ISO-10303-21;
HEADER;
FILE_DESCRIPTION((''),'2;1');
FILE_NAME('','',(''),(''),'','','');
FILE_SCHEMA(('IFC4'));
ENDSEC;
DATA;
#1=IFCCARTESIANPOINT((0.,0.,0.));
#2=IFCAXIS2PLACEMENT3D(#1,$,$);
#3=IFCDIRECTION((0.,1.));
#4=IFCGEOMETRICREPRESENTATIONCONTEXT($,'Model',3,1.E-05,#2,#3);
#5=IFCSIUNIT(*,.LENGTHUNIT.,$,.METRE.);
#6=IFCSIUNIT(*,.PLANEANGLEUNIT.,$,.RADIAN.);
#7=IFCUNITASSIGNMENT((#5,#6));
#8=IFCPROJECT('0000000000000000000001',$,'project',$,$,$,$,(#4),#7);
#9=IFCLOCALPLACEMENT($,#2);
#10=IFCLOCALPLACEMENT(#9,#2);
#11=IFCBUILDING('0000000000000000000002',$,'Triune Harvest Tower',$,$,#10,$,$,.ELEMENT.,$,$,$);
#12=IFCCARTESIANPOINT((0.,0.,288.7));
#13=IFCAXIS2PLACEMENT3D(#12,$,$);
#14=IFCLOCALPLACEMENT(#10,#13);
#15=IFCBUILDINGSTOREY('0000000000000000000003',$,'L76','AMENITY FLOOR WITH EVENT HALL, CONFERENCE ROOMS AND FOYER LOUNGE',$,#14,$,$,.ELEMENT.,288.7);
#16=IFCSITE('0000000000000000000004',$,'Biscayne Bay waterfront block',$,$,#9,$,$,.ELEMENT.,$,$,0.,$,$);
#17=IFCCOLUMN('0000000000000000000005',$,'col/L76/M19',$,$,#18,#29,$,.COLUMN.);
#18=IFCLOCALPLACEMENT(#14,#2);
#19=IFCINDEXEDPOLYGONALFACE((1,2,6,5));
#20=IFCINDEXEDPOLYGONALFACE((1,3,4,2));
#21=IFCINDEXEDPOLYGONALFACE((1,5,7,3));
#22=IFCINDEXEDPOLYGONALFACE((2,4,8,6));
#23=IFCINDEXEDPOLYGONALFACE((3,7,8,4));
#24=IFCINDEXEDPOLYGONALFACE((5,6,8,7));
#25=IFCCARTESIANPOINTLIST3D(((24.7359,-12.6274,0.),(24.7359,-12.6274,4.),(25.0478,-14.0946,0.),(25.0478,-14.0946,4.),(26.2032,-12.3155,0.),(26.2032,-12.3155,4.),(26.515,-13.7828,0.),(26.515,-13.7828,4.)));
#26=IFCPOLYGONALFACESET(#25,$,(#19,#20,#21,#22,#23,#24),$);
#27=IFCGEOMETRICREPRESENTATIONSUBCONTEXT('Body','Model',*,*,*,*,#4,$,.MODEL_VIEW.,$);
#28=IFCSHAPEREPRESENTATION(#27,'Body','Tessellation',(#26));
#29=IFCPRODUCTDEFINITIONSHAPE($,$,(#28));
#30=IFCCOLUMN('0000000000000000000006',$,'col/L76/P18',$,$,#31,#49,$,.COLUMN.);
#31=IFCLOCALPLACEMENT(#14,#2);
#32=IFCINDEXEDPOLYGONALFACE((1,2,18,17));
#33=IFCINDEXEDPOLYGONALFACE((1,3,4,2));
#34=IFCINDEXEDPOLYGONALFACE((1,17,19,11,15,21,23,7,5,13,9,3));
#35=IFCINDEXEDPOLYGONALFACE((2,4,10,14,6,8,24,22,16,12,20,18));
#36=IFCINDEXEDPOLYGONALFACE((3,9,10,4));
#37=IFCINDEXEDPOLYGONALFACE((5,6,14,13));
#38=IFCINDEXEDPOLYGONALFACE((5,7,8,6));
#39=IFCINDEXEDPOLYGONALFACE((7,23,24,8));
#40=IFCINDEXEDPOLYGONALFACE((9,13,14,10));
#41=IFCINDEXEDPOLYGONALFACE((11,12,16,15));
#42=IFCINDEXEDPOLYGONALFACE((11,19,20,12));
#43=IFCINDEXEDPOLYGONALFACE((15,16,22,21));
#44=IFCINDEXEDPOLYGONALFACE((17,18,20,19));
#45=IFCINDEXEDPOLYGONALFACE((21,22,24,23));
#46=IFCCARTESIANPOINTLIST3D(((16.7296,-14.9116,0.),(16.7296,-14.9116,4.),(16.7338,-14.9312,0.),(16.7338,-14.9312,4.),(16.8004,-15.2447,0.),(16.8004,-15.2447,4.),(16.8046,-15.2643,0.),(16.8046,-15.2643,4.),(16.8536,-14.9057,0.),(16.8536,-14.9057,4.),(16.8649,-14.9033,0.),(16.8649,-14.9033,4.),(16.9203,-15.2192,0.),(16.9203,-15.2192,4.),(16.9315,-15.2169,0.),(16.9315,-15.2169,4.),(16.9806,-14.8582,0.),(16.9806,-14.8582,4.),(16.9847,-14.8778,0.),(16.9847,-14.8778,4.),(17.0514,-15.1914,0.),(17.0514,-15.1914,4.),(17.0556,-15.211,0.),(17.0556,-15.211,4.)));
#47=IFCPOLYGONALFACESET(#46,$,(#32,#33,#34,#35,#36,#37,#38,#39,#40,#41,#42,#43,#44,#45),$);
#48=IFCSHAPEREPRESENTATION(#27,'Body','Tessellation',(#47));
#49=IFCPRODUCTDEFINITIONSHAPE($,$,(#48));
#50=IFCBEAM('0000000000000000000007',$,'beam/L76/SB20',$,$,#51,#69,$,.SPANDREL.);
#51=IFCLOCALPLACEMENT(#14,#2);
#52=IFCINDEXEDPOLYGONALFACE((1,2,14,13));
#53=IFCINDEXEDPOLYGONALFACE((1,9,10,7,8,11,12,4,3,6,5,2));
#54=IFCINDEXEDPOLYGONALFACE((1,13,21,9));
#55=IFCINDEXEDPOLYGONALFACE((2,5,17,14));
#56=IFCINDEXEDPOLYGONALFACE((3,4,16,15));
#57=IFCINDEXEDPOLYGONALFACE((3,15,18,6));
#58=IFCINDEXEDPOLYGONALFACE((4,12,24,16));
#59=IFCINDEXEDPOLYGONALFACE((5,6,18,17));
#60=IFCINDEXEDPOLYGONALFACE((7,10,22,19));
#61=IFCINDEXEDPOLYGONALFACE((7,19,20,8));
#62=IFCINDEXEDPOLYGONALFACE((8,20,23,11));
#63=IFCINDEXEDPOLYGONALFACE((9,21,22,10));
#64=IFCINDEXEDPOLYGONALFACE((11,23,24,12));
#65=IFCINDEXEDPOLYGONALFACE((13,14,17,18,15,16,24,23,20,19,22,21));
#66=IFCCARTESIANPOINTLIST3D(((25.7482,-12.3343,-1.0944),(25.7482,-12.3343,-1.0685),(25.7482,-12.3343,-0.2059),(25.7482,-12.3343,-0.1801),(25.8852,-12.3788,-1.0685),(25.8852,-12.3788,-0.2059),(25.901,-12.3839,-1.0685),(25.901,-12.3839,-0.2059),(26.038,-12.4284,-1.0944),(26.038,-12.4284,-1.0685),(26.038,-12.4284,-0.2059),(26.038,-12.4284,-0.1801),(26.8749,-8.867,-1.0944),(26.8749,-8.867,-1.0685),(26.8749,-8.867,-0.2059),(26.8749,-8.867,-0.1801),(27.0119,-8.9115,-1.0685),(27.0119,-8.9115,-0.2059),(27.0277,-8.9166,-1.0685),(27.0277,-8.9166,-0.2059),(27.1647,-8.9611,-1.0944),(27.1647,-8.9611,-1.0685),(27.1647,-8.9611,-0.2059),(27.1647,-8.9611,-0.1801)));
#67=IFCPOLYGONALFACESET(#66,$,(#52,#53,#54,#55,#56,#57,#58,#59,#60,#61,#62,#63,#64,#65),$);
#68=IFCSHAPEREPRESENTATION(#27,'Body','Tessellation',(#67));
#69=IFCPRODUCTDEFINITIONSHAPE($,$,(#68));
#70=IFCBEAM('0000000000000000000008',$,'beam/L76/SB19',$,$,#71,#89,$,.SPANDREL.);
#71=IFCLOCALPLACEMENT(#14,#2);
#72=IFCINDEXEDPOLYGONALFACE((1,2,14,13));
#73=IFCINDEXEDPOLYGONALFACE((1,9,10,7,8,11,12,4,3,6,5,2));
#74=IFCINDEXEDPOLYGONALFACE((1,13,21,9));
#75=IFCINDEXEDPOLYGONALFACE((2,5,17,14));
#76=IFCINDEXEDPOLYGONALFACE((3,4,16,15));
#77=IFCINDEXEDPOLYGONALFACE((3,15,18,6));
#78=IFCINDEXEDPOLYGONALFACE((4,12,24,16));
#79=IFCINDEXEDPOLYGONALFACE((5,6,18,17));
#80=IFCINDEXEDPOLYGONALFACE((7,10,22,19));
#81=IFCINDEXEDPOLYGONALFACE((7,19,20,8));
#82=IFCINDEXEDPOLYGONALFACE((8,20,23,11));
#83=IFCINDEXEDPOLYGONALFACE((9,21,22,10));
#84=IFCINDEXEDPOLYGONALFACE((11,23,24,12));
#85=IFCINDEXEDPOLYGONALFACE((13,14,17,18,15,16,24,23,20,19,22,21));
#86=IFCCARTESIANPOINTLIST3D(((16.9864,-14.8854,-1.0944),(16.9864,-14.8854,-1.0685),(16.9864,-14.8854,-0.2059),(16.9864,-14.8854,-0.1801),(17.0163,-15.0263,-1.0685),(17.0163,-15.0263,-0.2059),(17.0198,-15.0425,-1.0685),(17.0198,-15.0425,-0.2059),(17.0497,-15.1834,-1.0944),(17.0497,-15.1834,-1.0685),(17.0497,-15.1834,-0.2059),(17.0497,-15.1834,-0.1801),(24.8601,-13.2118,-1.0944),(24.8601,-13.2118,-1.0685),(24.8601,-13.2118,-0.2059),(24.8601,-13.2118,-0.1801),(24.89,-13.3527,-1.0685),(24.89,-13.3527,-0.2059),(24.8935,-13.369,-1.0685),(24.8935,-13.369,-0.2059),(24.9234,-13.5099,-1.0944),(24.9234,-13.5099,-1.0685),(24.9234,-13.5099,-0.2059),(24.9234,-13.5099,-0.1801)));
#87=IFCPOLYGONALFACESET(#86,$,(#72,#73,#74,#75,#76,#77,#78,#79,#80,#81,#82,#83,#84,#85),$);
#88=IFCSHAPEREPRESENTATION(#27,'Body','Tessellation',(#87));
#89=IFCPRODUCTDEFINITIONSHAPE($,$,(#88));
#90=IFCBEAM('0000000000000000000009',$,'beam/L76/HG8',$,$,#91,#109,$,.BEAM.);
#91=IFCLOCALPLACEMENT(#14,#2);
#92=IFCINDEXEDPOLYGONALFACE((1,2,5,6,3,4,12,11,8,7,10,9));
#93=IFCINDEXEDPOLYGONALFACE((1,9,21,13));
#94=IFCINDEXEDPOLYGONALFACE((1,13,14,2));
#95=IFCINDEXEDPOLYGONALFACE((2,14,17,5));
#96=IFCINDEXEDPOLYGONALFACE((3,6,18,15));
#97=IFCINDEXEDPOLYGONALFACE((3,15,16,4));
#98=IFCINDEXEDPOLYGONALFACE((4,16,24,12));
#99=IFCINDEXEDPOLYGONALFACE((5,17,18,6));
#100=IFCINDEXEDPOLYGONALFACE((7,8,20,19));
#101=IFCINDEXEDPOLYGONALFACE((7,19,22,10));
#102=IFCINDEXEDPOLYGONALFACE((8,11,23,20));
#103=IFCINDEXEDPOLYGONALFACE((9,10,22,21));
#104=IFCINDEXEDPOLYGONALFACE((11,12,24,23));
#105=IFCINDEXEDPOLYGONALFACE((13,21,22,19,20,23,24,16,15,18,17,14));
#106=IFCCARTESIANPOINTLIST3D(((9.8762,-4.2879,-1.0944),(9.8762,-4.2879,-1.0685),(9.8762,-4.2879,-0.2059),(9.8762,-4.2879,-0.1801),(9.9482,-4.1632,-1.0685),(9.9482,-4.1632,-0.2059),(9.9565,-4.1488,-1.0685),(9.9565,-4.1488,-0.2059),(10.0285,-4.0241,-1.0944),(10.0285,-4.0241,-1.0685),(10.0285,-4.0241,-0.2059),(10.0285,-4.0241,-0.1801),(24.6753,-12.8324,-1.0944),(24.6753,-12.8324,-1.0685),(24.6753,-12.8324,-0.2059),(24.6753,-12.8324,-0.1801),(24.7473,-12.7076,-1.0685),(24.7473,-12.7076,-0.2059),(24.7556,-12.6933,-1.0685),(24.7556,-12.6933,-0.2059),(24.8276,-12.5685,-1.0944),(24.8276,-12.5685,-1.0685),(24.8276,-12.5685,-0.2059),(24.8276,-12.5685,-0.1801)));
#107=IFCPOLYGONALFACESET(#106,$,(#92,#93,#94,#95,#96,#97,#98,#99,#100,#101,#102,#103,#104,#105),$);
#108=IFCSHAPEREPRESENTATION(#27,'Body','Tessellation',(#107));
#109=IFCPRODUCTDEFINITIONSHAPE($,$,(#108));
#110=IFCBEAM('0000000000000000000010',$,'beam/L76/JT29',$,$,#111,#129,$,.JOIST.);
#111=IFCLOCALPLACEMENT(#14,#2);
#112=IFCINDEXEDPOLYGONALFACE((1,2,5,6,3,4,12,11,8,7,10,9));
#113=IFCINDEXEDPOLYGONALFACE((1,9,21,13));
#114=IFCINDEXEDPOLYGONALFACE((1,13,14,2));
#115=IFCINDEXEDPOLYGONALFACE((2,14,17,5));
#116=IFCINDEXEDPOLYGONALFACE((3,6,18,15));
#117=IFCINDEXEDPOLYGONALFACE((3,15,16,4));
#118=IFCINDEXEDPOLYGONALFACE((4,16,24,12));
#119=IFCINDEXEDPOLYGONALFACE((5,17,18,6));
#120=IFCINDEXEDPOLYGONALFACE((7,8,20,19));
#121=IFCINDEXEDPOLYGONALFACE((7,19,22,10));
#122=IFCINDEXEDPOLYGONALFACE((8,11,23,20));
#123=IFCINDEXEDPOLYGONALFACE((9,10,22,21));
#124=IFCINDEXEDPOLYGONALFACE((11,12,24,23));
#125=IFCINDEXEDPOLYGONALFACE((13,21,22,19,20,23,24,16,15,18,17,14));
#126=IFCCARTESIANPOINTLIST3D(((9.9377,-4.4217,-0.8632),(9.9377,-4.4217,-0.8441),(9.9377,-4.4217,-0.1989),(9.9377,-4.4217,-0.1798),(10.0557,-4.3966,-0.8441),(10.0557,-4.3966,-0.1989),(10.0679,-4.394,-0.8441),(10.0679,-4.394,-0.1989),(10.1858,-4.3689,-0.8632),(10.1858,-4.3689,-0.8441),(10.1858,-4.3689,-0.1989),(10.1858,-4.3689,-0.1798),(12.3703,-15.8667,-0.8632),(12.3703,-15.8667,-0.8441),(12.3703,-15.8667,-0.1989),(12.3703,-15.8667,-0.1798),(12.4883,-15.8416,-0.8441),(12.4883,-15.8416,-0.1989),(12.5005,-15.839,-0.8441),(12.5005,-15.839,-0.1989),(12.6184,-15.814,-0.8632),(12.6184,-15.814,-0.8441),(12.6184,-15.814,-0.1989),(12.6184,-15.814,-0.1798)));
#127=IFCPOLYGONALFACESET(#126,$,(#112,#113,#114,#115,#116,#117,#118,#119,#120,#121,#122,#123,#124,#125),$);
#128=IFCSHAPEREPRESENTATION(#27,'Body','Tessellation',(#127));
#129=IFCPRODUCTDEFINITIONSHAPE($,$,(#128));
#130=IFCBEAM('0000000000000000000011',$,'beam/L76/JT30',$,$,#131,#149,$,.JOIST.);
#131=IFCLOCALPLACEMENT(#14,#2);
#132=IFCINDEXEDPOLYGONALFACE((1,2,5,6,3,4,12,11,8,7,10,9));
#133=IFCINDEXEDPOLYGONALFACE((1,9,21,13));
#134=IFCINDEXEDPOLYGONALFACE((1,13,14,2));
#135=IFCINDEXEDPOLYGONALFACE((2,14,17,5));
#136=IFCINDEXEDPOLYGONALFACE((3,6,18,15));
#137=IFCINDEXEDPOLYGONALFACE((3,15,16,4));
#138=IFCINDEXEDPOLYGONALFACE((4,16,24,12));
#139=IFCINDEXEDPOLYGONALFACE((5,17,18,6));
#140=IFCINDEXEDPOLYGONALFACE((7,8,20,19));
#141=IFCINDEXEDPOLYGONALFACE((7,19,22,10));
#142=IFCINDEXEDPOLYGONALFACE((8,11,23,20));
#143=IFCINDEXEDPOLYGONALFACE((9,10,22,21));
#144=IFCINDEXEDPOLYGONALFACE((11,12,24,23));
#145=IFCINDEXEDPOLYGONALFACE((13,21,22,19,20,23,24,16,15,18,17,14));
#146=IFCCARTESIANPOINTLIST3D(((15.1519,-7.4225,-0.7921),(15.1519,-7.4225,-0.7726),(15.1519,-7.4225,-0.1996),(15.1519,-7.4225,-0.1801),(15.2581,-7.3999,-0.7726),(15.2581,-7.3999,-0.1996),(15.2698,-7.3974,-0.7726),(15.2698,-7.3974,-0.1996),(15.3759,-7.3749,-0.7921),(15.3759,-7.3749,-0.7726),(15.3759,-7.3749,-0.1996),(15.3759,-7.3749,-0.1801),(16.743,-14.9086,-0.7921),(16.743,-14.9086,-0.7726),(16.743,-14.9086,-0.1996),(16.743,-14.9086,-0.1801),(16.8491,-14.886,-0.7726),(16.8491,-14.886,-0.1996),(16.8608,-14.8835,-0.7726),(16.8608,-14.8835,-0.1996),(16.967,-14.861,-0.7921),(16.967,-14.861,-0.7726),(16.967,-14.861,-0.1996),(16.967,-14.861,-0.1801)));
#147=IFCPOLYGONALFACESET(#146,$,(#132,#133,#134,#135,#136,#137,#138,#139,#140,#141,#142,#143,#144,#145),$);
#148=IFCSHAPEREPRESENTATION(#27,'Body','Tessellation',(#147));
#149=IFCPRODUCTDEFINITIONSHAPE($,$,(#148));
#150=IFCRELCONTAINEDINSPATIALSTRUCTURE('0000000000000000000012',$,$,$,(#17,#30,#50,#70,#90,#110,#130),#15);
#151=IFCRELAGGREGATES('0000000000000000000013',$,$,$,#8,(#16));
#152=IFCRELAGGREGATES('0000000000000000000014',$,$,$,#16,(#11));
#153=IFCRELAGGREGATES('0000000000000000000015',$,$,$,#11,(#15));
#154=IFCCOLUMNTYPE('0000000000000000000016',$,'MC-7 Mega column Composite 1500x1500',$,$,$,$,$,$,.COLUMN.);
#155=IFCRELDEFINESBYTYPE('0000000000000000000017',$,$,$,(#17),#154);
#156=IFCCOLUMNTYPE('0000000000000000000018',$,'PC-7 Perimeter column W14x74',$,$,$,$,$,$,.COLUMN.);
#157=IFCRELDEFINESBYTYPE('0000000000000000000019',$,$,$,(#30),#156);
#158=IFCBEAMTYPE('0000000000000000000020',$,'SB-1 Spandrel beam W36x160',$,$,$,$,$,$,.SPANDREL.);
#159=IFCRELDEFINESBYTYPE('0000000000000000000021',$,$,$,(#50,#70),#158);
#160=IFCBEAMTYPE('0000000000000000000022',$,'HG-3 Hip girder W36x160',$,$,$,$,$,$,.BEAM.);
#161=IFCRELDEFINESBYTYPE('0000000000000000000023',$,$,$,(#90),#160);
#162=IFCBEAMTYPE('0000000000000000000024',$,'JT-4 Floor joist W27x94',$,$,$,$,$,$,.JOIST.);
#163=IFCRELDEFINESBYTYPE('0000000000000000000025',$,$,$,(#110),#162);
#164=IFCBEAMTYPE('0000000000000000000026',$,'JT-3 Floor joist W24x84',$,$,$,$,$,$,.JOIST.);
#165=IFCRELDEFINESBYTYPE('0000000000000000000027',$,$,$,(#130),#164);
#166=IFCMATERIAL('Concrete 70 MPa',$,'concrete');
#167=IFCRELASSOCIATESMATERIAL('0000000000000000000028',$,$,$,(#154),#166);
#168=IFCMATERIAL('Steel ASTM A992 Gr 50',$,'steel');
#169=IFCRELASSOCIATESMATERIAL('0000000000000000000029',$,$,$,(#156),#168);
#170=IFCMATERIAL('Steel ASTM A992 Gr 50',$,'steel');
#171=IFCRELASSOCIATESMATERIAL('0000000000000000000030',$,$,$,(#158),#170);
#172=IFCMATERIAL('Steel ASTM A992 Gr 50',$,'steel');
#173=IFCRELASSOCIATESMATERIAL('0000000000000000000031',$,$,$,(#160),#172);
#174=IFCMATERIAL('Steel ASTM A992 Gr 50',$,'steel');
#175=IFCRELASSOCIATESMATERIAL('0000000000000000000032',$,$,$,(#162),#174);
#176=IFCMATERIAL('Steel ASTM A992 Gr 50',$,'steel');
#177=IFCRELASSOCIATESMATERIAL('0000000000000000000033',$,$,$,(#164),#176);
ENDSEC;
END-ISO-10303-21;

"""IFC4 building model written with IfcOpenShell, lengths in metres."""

from ifc_helpers import new_model, si_unit, direction, frame, origin, origin_2d, place, context, subcontext, project, spatial, rectangle, i_section, extrude, source, transform, mapped, material, material_profile, profile_set, type_object, element, save


model = new_model("IFC4")

# Units and contexts
model_context = context("Model", 3, precision=1e-05, world=origin(), true_north=direction((0.0, 1.0)))
body_context = subcontext(model_context, "Body", "Model", "MODEL_VIEW")
ifc_project = project(units=[si_unit("LENGTHUNIT", "METRE"), si_unit("PLANEANGLEUNIT", "RADIAN")], contexts=[model_context])

# Site, building, storey
site_placement = place(None, origin())
site = spatial("IfcSite", under=ifc_project, at=site_placement, Name="Biscayne Bay waterfront block", CompositionType="ELEMENT", RefElevation=0.0)
building_placement = place(site_placement, origin())
building = spatial("IfcBuilding", under=site, at=building_placement, Name="Triune Harvest Tower", CompositionType="ELEMENT")
storey_placement = place(building_placement, frame((0.0, 0.0, 288.7)))
storey = spatial("IfcBuildingStorey", under=building, at=storey_placement, Name="L76", Description="AMENITY FLOOR WITH EVENT HALL, CONFERENCE ROOMS AND FOYER LOUNGE", CompositionType="ELEMENT", Elevation=288.7)

# Columns
ifc_material_1 = material(Name="Concrete 70 MPa", Category="concrete")
ifc_material_profile_1 = material_profile(ifc_material_1, rectangle(XDim=1.5, YDim=1.5, at=origin_2d()), Name="Composite 1500x1500")
ifc_profile_set_1 = profile_set([ifc_material_profile_1], Name="Concrete 70 MPa")
column_type_1 = type_object("IfcColumnType", Name="MC-7 Mega column Composite 1500x1500", PredefinedType="COLUMN", material=ifc_profile_set_1)
shared_shape_1 = source(origin(), body_context, "Body", "SweptSolid", [
    extrude(rectangle(XDim=1.5, YDim=1.5, at=origin_2d()), origin(), (0.0, 0.0, 1.0), 4.0),
])
column_1_placement = place(storey_placement, frame((25.6255, -13.2051, 0.0), z_axis=(0.0, 0.0, 1.0), x_axis=(0.978147, 0.207913, 0.0)))
element("IfcColumn", 1, at=column_1_placement, inside=storey, type_object=column_type_1, Name="col/L76/M19", PredefinedType="COLUMN", context=body_context, shape_type="MappedRepresentation", body=[
    mapped(shared_shape_1, transform((0.0, 0.0, 0.0), scale=1.0)),
])
ifc_material_2 = material(Name="Steel ASTM A992 Gr 50", Category="steel")
ifc_material_profile_2 = material_profile(ifc_material_2, i_section(OverallWidth=0.2566, OverallDepth=0.3606, WebThickness=0.0115, FlangeThickness=0.02, at=origin_2d()), Name="W14x74")
ifc_profile_set_2 = profile_set([ifc_material_profile_2], Name="Steel ASTM A992 Gr 50")
column_type_2 = type_object("IfcColumnType", Name="PC-7 Perimeter column W14x74", PredefinedType="COLUMN", material=ifc_profile_set_2)
shared_shape_2 = source(origin(), body_context, "Body", "SweptSolid", [
    extrude(i_section(OverallWidth=0.2566, OverallDepth=0.3606, WebThickness=0.0115, FlangeThickness=0.02, at=origin_2d()), origin(), (0.0, 0.0, 1.0), 4.0),
])
column_2_placement = place(storey_placement, frame((16.8926, -15.0613, 0.0), z_axis=(0.0, 0.0, 1.0), x_axis=(0.978147, 0.207913, 0.0)))
element("IfcColumn", 2, at=column_2_placement, inside=storey, type_object=column_type_2, Name="col/L76/P18", PredefinedType="COLUMN", context=body_context, shape_type="MappedRepresentation", body=[
    mapped(shared_shape_2, transform((0.0, 0.0, 0.0), scale=1.0)),
])

# Beams
ifc_material_3 = material(Name="Steel ASTM A992 Gr 50", Category="steel")
ifc_material_profile_3 = material_profile(ifc_material_3, i_section(OverallWidth=0.3047, OverallDepth=0.9143, WebThickness=0.0166, FlangeThickness=0.0259, at=origin_2d()), Name="W36x160")
ifc_profile_set_3 = profile_set([ifc_material_profile_3], Name="Steel ASTM A992 Gr 50")
beam_type_1 = type_object("IfcBeamType", Name="SB-1 Spandrel beam W36x160", PredefinedType="SPANDREL", material=ifc_profile_set_3)
shared_shape_3 = source(origin(), body_context, "Body", "SweptSolid", [
    extrude(i_section(OverallWidth=0.3047, OverallDepth=0.9143, WebThickness=0.0166, FlangeThickness=0.0259, at=origin_2d()), origin(), (0.0, 0.0, 1.0), 3.6458),
])
beam_1_placement = place(storey_placement, frame((25.8931, -12.3813, -0.6372), z_axis=(0.309047, 0.951047, 0.0), x_axis=(-0.951047, 0.309047, 0.0)))
element("IfcBeam", 3, at=beam_1_placement, inside=storey, type_object=beam_type_1, Name="beam/L76/SB20", PredefinedType="SPANDREL", context=body_context, shape_type="MappedRepresentation", body=[
    mapped(shared_shape_3, transform((0.0, 0.0, 0.0), scale=1.0)),
])
shared_shape_4 = source(origin(), body_context, "Body", "SweptSolid", [
    extrude(i_section(OverallWidth=0.3047, OverallDepth=0.9143, WebThickness=0.0166, FlangeThickness=0.0259, at=origin_2d()), origin(), (0.0, 0.0, 1.0), 8.0496),
])
beam_2_placement = place(storey_placement, frame((17.0181, -15.0344, -0.6372), z_axis=(0.978149, 0.207907, 0.0), x_axis=(-0.207907, 0.978149, 0.0)))
element("IfcBeam", 4, at=beam_2_placement, inside=storey, type_object=beam_type_1, Name="beam/L76/SB19", PredefinedType="SPANDREL", context=body_context, shape_type="MappedRepresentation", body=[
    mapped(shared_shape_4, transform((0.0, 0.0, 0.0), scale=1.0)),
])
ifc_material_4 = material(Name="Steel ASTM A992 Gr 50", Category="steel")
ifc_material_profile_4 = material_profile(ifc_material_4, i_section(OverallWidth=0.3047, OverallDepth=0.9143, WebThickness=0.0166, FlangeThickness=0.0259, at=origin_2d()), Name="W36x160")
ifc_profile_set_4 = profile_set([ifc_material_profile_4], Name="Steel ASTM A992 Gr 50")
beam_type_2 = type_object("IfcBeamType", Name="HG-3 Hip girder W36x160", PredefinedType="BEAM", material=ifc_profile_set_4)
shared_shape_5 = source(origin(), body_context, "Body", "SweptSolid", [
    extrude(i_section(OverallWidth=0.3047, OverallDepth=0.9143, WebThickness=0.0166, FlangeThickness=0.0259, at=origin_2d()), origin(), (0.0, 0.0, 1.0), 17.0886),
])
beam_3_placement = place(storey_placement, frame((24.7515, -12.7004, -0.6372), z_axis=(-0.866021, 0.500008, 0.0), x_axis=(-0.500008, -0.866021, 0.0)))
element("IfcBeam", 5, at=beam_3_placement, inside=storey, type_object=beam_type_2, Name="beam/L76/HG8", PredefinedType="BEAM", context=body_context, shape_type="MappedRepresentation", body=[
    mapped(shared_shape_5, transform((0.0, 0.0, 0.0), scale=1.0)),
])
ifc_material_5 = material(Name="Steel ASTM A992 Gr 50", Category="steel")
ifc_material_profile_5 = material_profile(ifc_material_5, i_section(OverallWidth=0.2537, OverallDepth=0.6833, WebThickness=0.0125, FlangeThickness=0.019, at=origin_2d()), Name="W27x94")
ifc_profile_set_5 = profile_set([ifc_material_profile_5], Name="Steel ASTM A992 Gr 50")
beam_type_3 = type_object("IfcBeamType", Name="JT-4 Floor joist W27x94", PredefinedType="JOIST", material=ifc_profile_set_5)
shared_shape_6 = source(origin(), body_context, "Body", "SweptSolid", [
    extrude(i_section(OverallWidth=0.2537, OverallDepth=0.6833, WebThickness=0.0125, FlangeThickness=0.019, at=origin_2d()), origin(), (0.0, 0.0, 1.0), 11.7007),
])
beam_4_placement = place(storey_placement, frame((12.4944, -15.8403, -0.5215), z_axis=(-0.207903, 0.978149, 0.0), x_axis=(-0.978149, -0.207903, 0.0)))
element("IfcBeam", 6, at=beam_4_placement, inside=storey, type_object=beam_type_3, Name="beam/L76/JT29", PredefinedType="JOIST", context=body_context, shape_type="MappedRepresentation", body=[
    mapped(shared_shape_6, transform((0.0, 0.0, 0.0), scale=1.0)),
])
ifc_material_6 = material(Name="Steel ASTM A992 Gr 50", Category="steel")
ifc_material_profile_6 = material_profile(ifc_material_6, i_section(OverallWidth=0.229, OverallDepth=0.6121, WebThickness=0.012, FlangeThickness=0.0195, at=origin_2d()), Name="W24x84")
ifc_profile_set_6 = profile_set([ifc_material_profile_6], Name="Steel ASTM A992 Gr 50")
beam_type_4 = type_object("IfcBeamType", Name="JT-3 Floor joist W24x84", PredefinedType="JOIST", material=ifc_profile_set_6)
shared_shape_7 = source(origin(), body_context, "Body", "SweptSolid", [
    extrude(i_section(OverallWidth=0.229, OverallDepth=0.6121, WebThickness=0.012, FlangeThickness=0.0195, at=origin_2d()), origin(), (0.0, 0.0, 1.0), 7.6533),
])
beam_5_placement = place(storey_placement, frame((16.855, -14.8848, -0.4861), z_axis=(-0.207893, 0.978152, 0.0), x_axis=(-0.978152, -0.207893, 0.0)))
element("IfcBeam", 7, at=beam_5_placement, inside=storey, type_object=beam_type_4, Name="beam/L76/JT30", PredefinedType="JOIST", context=body_context, shape_type="MappedRepresentation", body=[
    mapped(shared_shape_7, transform((0.0, 0.0, 0.0), scale=1.0)),
])

save(model, "model.ifc")
